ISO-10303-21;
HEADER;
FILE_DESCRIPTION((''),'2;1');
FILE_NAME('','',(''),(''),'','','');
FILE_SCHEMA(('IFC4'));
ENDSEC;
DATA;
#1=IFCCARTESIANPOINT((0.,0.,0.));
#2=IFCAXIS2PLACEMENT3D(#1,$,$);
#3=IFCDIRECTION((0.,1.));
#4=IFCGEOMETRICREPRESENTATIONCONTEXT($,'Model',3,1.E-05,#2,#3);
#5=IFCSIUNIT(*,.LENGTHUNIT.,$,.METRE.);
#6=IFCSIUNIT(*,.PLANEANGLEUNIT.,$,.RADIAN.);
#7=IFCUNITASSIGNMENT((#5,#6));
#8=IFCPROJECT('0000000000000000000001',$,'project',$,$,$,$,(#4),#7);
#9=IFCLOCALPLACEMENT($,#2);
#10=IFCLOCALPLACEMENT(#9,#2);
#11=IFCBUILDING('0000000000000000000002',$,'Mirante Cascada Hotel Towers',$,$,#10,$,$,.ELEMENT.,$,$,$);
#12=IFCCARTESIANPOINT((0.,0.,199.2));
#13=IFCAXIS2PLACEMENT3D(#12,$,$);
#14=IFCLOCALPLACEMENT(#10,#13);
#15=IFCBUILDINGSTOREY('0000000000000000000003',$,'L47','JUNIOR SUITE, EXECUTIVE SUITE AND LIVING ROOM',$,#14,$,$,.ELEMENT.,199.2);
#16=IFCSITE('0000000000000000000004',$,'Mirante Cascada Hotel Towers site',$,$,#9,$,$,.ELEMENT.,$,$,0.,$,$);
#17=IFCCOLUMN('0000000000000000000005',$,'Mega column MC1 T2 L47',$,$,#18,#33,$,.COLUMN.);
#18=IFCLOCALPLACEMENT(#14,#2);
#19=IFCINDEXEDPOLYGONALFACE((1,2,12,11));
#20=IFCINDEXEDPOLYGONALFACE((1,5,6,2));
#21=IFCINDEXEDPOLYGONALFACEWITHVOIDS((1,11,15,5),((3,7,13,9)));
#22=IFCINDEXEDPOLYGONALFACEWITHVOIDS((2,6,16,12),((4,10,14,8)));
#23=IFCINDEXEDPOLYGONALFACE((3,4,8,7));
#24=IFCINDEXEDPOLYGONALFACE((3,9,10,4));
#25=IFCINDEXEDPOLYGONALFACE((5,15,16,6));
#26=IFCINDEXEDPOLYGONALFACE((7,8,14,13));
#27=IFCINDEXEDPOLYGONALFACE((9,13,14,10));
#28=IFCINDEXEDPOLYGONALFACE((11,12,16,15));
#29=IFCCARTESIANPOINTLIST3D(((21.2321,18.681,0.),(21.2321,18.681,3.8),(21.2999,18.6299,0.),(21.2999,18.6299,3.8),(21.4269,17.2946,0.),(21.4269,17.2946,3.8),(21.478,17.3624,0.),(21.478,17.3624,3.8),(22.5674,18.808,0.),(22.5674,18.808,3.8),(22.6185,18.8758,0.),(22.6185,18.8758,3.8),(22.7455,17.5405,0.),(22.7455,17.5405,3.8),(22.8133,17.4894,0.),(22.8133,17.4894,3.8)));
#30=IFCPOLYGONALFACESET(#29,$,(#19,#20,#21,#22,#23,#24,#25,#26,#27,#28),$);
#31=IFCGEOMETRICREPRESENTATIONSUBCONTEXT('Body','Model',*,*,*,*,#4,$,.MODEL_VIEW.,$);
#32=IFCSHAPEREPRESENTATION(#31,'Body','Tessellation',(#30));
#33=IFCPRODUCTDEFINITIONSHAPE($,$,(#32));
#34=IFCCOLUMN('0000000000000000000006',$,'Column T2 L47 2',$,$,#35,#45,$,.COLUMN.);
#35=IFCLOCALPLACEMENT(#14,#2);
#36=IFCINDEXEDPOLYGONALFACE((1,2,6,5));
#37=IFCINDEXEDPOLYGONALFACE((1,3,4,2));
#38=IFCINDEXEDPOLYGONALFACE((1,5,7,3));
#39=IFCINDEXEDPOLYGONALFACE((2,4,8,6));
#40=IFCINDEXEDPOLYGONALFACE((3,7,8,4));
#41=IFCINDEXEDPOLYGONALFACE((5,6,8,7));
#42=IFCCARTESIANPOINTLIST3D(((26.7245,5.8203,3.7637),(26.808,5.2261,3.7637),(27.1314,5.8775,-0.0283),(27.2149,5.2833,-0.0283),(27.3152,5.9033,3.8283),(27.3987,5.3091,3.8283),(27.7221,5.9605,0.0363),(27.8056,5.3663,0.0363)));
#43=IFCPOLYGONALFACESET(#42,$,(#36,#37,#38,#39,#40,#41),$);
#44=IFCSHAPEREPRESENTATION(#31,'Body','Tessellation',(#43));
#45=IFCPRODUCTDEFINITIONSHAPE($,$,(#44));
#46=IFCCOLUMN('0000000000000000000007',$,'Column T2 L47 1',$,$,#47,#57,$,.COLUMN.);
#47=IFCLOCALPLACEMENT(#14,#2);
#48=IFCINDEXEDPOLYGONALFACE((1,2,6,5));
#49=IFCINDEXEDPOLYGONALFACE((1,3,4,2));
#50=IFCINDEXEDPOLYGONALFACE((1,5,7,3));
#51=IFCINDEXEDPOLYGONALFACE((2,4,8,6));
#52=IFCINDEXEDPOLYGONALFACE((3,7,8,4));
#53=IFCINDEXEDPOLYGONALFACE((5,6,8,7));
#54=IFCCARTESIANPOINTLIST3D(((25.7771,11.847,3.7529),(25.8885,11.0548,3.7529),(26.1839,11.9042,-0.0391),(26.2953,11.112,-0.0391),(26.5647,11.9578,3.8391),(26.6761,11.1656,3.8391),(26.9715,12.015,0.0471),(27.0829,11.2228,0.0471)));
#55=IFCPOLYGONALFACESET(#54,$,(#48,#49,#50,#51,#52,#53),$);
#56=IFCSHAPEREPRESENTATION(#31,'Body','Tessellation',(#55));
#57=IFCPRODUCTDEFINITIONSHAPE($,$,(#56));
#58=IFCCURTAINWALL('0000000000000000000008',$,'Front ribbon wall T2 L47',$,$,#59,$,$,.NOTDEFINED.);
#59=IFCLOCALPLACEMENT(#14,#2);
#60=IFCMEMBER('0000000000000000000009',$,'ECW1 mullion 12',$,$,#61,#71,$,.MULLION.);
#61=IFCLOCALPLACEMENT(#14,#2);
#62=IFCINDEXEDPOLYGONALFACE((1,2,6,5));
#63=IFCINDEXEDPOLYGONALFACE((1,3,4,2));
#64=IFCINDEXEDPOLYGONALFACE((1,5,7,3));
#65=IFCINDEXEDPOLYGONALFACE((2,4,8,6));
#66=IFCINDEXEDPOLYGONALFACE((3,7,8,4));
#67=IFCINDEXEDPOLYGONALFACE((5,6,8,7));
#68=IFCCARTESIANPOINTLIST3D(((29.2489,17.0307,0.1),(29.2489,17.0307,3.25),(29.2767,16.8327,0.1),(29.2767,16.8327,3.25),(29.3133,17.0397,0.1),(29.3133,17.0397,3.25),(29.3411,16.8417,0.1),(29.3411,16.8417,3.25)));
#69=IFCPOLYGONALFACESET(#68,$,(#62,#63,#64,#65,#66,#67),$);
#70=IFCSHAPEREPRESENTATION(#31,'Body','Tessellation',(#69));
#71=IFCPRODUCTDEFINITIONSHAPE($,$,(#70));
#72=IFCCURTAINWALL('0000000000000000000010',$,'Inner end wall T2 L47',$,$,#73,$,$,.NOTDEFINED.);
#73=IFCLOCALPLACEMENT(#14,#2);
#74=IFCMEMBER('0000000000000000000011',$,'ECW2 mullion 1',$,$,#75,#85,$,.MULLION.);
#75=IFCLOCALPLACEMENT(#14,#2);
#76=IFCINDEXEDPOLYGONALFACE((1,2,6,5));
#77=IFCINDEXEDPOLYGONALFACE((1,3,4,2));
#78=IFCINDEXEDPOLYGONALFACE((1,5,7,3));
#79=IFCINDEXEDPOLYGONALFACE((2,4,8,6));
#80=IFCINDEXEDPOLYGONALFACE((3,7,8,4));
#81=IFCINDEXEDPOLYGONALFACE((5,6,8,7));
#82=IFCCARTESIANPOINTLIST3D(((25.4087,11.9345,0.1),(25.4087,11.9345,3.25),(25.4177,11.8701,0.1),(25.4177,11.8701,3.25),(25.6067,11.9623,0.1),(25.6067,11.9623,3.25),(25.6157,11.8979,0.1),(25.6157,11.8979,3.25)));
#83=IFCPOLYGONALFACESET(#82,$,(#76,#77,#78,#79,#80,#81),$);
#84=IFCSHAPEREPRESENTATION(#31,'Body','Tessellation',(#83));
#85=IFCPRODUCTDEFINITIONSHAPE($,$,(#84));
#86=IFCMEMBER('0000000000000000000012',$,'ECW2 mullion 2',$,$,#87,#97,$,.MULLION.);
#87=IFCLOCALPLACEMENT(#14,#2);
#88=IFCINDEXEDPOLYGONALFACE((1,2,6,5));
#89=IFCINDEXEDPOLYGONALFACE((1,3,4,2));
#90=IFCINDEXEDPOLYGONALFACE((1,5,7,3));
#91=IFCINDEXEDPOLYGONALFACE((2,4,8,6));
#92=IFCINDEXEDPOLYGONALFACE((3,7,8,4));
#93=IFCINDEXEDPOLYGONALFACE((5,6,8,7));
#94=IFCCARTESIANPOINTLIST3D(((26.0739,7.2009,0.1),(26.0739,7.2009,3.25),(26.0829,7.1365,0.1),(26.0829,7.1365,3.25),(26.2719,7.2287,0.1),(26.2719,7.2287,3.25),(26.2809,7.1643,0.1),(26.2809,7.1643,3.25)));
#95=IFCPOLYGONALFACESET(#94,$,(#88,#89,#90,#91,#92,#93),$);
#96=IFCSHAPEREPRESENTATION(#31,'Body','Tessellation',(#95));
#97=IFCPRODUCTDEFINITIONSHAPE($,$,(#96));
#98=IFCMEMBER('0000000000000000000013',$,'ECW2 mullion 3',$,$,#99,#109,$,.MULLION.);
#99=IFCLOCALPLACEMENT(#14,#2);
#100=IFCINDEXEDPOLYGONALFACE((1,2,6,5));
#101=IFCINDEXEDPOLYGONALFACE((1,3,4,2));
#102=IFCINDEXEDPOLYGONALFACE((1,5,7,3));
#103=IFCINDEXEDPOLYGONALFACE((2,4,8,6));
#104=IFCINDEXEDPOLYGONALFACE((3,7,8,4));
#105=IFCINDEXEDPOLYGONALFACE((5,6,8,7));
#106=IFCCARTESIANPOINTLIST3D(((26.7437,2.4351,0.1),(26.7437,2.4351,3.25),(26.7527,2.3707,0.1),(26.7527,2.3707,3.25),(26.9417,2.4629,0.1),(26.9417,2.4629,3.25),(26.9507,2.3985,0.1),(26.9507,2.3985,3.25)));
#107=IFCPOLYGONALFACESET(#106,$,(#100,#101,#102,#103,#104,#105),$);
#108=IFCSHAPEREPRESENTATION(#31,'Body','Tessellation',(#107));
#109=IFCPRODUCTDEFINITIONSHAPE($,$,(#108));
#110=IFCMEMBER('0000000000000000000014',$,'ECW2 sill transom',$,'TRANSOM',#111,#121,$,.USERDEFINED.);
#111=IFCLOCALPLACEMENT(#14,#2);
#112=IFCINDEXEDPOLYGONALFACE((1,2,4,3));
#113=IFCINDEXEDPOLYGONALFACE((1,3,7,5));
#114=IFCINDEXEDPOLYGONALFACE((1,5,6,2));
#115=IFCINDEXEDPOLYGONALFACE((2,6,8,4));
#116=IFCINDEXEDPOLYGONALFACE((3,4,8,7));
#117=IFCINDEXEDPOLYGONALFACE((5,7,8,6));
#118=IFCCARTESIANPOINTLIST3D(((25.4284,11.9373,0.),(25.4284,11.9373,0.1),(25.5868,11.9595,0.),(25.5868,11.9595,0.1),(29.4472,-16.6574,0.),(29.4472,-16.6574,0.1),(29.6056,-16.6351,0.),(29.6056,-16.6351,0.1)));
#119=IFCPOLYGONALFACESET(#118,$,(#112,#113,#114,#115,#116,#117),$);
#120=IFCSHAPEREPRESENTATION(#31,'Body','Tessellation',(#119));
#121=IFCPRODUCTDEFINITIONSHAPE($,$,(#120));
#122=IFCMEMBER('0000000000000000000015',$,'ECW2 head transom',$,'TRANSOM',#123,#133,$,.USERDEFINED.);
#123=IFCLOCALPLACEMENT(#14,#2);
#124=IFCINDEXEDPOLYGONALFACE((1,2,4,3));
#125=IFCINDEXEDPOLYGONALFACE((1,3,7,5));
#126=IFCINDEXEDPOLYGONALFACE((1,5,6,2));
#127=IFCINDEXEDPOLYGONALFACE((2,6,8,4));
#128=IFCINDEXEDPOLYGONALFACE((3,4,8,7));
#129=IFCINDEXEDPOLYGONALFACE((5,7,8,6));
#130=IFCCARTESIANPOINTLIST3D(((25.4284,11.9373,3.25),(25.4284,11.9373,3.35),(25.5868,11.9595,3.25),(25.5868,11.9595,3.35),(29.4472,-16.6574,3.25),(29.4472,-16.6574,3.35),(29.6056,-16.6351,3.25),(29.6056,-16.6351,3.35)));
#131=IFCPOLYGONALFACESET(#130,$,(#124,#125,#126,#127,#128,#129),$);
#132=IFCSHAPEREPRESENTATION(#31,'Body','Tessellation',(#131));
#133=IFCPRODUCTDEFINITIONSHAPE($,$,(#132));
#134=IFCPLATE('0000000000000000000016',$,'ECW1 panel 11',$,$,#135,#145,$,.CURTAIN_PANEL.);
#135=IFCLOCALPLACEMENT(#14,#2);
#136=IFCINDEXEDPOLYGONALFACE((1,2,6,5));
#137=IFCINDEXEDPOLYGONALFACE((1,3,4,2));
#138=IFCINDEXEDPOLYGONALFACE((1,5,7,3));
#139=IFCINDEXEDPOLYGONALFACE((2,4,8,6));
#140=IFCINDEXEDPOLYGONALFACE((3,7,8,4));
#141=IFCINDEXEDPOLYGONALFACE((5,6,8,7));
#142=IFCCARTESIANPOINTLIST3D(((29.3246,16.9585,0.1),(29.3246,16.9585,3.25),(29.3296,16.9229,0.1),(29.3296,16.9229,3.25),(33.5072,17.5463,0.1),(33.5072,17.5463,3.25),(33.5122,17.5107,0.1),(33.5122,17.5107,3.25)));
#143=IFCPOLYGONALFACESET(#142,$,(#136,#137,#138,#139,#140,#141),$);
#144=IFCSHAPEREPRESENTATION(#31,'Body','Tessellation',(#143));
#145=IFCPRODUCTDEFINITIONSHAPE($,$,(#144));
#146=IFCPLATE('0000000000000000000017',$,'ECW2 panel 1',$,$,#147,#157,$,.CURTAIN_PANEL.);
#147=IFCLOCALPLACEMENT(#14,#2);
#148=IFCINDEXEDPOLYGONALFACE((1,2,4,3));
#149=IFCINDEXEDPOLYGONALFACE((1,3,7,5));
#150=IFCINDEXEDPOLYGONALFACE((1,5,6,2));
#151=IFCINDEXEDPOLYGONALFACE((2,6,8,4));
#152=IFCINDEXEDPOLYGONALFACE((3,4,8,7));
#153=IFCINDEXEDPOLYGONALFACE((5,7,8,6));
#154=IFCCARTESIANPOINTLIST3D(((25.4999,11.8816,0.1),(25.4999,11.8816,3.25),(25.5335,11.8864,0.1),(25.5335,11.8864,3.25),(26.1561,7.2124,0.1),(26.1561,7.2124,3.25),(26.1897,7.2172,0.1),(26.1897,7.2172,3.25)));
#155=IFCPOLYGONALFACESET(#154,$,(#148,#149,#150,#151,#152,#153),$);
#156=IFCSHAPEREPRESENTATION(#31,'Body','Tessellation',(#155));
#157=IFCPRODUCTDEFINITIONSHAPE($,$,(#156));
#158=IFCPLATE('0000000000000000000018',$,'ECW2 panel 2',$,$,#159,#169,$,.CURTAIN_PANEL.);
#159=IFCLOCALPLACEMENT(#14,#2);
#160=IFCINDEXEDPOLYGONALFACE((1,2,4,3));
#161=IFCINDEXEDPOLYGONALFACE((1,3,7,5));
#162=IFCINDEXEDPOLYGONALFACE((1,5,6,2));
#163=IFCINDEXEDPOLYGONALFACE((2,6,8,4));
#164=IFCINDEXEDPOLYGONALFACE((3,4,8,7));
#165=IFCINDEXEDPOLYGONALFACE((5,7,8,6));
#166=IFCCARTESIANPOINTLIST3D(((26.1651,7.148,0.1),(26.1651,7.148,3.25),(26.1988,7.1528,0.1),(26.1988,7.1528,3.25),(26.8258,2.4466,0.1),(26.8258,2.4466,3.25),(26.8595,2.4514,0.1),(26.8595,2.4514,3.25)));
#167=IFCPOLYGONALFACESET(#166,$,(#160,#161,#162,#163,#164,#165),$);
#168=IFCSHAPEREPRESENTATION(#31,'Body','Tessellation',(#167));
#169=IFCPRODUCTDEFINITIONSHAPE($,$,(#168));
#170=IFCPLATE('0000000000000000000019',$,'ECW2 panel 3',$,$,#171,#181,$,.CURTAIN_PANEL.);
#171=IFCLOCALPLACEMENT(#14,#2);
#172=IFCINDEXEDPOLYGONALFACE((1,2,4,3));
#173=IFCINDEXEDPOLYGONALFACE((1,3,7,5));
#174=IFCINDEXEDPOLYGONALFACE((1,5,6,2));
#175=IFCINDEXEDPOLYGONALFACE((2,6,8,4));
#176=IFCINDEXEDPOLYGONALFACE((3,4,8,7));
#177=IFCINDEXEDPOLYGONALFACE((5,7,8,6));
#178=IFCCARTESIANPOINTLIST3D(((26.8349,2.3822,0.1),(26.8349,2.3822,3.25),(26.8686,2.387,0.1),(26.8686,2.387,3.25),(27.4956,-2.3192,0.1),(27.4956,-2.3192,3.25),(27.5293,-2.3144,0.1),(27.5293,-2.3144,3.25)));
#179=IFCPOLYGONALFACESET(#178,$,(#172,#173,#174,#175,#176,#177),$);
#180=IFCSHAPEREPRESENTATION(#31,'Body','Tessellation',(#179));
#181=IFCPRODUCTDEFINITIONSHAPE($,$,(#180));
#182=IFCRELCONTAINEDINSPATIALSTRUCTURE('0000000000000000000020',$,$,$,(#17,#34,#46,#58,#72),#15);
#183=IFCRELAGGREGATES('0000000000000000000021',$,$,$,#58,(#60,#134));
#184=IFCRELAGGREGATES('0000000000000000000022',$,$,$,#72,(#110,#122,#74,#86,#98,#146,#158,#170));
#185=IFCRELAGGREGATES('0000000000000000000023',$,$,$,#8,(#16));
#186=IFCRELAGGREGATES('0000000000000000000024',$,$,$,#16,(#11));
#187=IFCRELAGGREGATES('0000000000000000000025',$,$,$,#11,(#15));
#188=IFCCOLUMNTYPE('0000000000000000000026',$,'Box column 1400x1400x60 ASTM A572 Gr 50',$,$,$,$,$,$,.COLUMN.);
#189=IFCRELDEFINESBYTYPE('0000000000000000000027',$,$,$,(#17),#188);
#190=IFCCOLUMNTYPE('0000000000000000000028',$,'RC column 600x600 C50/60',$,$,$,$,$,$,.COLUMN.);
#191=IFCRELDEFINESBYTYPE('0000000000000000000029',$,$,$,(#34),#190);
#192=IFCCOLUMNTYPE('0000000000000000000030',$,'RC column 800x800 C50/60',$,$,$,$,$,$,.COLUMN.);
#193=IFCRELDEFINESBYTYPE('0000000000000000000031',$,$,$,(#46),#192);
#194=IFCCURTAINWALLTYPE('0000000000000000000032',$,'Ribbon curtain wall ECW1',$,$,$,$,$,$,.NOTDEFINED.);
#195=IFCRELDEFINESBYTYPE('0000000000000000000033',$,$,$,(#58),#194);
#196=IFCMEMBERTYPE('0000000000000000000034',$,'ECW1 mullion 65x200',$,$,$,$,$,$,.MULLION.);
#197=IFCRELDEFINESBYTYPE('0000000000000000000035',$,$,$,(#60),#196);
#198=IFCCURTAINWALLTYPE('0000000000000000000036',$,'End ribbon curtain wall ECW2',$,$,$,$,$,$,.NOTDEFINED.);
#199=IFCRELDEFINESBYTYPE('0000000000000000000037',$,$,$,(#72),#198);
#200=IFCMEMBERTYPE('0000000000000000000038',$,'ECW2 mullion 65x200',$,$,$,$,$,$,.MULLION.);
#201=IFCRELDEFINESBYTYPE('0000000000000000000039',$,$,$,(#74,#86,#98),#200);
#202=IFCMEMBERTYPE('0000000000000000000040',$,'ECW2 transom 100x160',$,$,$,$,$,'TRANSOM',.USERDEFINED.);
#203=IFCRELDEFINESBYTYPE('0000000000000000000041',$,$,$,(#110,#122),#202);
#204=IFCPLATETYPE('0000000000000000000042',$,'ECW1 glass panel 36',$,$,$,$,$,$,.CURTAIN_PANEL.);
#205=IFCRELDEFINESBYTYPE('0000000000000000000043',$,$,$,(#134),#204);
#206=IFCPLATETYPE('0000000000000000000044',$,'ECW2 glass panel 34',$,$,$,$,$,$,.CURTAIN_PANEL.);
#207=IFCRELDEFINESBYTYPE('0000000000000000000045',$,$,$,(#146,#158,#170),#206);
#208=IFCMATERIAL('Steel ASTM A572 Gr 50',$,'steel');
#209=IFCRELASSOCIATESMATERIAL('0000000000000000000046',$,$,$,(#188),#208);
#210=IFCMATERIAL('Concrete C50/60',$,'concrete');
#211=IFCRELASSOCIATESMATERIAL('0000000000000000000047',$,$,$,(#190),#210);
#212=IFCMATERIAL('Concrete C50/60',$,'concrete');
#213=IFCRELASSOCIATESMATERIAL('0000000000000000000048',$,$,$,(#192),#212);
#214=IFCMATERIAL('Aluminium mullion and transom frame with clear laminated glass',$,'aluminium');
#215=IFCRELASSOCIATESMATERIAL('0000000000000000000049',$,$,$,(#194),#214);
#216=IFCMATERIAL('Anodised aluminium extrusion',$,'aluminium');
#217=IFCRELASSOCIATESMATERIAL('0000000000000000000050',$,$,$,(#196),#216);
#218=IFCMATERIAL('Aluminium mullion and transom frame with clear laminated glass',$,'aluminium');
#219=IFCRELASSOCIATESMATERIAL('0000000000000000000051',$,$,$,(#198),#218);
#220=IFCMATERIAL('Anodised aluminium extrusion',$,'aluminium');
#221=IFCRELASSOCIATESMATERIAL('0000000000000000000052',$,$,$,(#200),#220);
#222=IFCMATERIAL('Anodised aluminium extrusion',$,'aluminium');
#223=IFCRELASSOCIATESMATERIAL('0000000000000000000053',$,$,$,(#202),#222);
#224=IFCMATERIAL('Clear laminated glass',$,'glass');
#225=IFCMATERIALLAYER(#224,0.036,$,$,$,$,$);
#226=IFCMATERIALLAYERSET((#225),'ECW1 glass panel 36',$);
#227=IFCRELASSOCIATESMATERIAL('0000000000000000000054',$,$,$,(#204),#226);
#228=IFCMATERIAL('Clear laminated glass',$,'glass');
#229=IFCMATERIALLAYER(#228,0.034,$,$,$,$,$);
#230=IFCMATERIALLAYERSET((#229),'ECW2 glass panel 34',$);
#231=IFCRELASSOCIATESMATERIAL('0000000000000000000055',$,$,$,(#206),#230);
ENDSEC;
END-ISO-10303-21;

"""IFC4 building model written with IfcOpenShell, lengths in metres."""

from ifc_helpers import new_model, si_unit, direction, frame, origin, origin_2d, place, context, subcontext, project, spatial, rectangle, hollow_rectangle, extrude, material, layer, layer_set, material_profile, profile_set, type_object, element, aggregate, save


model = new_model("IFC4")

# Units and contexts
model_context = context("Model", 3, precision=1e-05, world=origin(), true_north=direction((0.0, 1.0)))
body_context = subcontext(model_context, "Body", "Model", "MODEL_VIEW")
ifc_project = project(units=[si_unit("LENGTHUNIT", "METRE"), si_unit("PLANEANGLEUNIT", "RADIAN")], contexts=[model_context])

# Site, building, storey
site_placement = place(None, origin())
site = spatial("IfcSite", under=ifc_project, at=site_placement, Name="Mirante Cascada Hotel Towers site", CompositionType="ELEMENT", RefElevation=0.0)
building_placement = place(site_placement, origin())
building = spatial("IfcBuilding", under=site, at=building_placement, Name="Mirante Cascada Hotel Towers", CompositionType="ELEMENT")
storey_placement = place(building_placement, frame((0.0, 0.0, 199.2)))
storey = spatial("IfcBuildingStorey", under=building, at=storey_placement, Name="L47", Description="JUNIOR SUITE, EXECUTIVE SUITE AND LIVING ROOM", CompositionType="ELEMENT", Elevation=199.2)

# Columns
ifc_material_1 = material(Name="Steel ASTM A572 Gr 50", Category="steel")
ifc_material_profile_1 = material_profile(ifc_material_1, hollow_rectangle(XDim=1.4, YDim=1.4, WallThickness=0.06, at=origin_2d()), Name="Box column 1400x1400x60 ASTM A572 Gr 50")
ifc_profile_set_1 = profile_set([ifc_material_profile_1], Name="Steel ASTM A572 Gr 50")
column_type_1 = type_object("IfcColumnType", Name="Box column 1400x1400x60 ASTM A572 Gr 50", PredefinedType="COLUMN", material=ifc_profile_set_1)
column_1_placement = place(storey_placement, frame((22.0227, 18.0852, 0.0), z_axis=(0.0, 0.0, 1.0), x_axis=(0.990268, 0.139173, 0.0)))
element("IfcColumn", 1, at=column_1_placement, inside=storey, type_object=column_type_1, Name="Mega column MC1 T2 L47", PredefinedType="COLUMN", context=body_context, shape_type="SweptSolid", body=[
    extrude(hollow_rectangle(XDim=1.4, YDim=1.4, WallThickness=0.06, at=origin_2d()), origin(), (0.0, 0.0, 1.0), 3.8),
])
ifc_material_2 = material(Name="Concrete C50/60", Category="concrete")
ifc_material_profile_2 = material_profile(ifc_material_2, rectangle(XDim=0.6, YDim=0.6, at=origin_2d()), Name="RC column 600x600 C50/60")
ifc_profile_set_2 = profile_set([ifc_material_profile_2], Name="Concrete C50/60")
column_type_2 = type_object("IfcColumnType", Name="RC column 600x600 C50/60", PredefinedType="COLUMN", material=ifc_profile_set_2)
column_2_placement = place(storey_placement, frame((27.4685, 5.6219, 0.004), z_axis=(-0.10668, -0.014997, 0.99418), x_axis=(0.139206, -0.990263, 0.0)))
element("IfcColumn", 2, at=column_2_placement, inside=storey, type_object=column_type_2, Name="Column T2 L47 2", PredefinedType="COLUMN", context=body_context, shape_type="SweptSolid", body=[
    extrude(rectangle(XDim=0.6, YDim=0.6, at=origin_2d()), origin(), (0.0, 0.0, 1.0), 3.8142),
])
ifc_material_3 = material(Name="Concrete C50/60", Category="concrete")
ifc_material_profile_3 = material_profile(ifc_material_3, rectangle(XDim=0.8, YDim=0.8, at=origin_2d()), Name="RC column 800x800 C50/60")
ifc_profile_set_3 = profile_set([ifc_material_profile_3], Name="Concrete C50/60")
column_type_3 = type_object("IfcColumnType", Name="RC column 800x800 C50/60", PredefinedType="COLUMN", material=ifc_profile_set_3)
column_3_placement = place(storey_placement, frame((26.6334, 11.5635, 0.004), z_axis=(-0.106654, -0.014997, 0.994183), x_axis=(0.13924, -0.990259, 0.0)))
element("IfcColumn", 3, at=column_3_placement, inside=storey, type_object=column_type_3, Name="Column T2 L47 1", PredefinedType="COLUMN", context=body_context, shape_type="SweptSolid", body=[
    extrude(rectangle(XDim=0.8, YDim=0.8, at=origin_2d()), origin(), (0.0, 0.0, 1.0), 3.8142),
])

# Curtain wall, member
ifc_material_4 = material(Name="Aluminium mullion and transom frame with clear laminated glass", Category="aluminium")
curtain_wall_type_1 = type_object("IfcCurtainWallType", Name="Ribbon curtain wall ECW1", PredefinedType="NOTDEFINED", material=ifc_material_4)
curtain_wall_1_placement = place(storey_placement, origin())
curtain_wall_1 = element("IfcCurtainWall", 4, at=curtain_wall_1_placement, inside=storey, type_object=curtain_wall_type_1, Name="Front ribbon wall T2 L47", PredefinedType="NOTDEFINED")
ifc_material_5 = material(Name="Anodised aluminium extrusion", Category="aluminium")
ifc_material_profile_4 = material_profile(ifc_material_5, rectangle(XDim=0.2, YDim=0.065, at=origin_2d()), Name="ECW1 MULLION 65x200")
ifc_profile_set_4 = profile_set([ifc_material_profile_4], Name="Anodised aluminium extrusion")
member_type_1 = type_object("IfcMemberType", Name="ECW1 mullion 65x200", PredefinedType="MULLION", material=ifc_profile_set_4)
member_1_placement = place(storey_placement, frame((29.295, 16.9362, 0.1), z_axis=(0.0, 0.0, 1.0), x_axis=(0.139173, -0.990268, 0.0)))
member_1 = element("IfcMember", 5, at=member_1_placement, type_object=member_type_1, Name="ECW1 mullion 12", PredefinedType="MULLION", context=body_context, shape_type="SweptSolid", body=[
    extrude(rectangle(XDim=0.2, YDim=0.065, at=origin_2d()), origin(), (0.0, 0.0, 1.0), 3.15),
])

# Curtain wall, members
ifc_material_6 = material(Name="Aluminium mullion and transom frame with clear laminated glass", Category="aluminium")
curtain_wall_type_2 = type_object("IfcCurtainWallType", Name="End ribbon curtain wall ECW2", PredefinedType="NOTDEFINED", material=ifc_material_6)
curtain_wall_2_placement = place(storey_placement, origin())
curtain_wall_2 = element("IfcCurtainWall", 6, at=curtain_wall_2_placement, inside=storey, type_object=curtain_wall_type_2, Name="Inner end wall T2 L47", PredefinedType="NOTDEFINED")
ifc_material_7 = material(Name="Anodised aluminium extrusion", Category="aluminium")
ifc_material_profile_5 = material_profile(ifc_material_7, rectangle(XDim=0.2, YDim=0.065, at=origin_2d()), Name="ECW2 MULLION 65x200")
ifc_profile_set_5 = profile_set([ifc_material_profile_5], Name="Anodised aluminium extrusion")
member_type_2 = type_object("IfcMemberType", Name="ECW2 mullion 65x200", PredefinedType="MULLION", material=ifc_profile_set_5)
member_2_placement = place(storey_placement, frame((25.5122, 11.9162, 0.1), z_axis=(0.0, 0.0, 1.0), x_axis=(0.990268, 0.139173, 0.0)))
member_2 = element("IfcMember", 7, at=member_2_placement, type_object=member_type_2, Name="ECW2 mullion 1", PredefinedType="MULLION", context=body_context, shape_type="SweptSolid", body=[
    extrude(rectangle(XDim=0.2, YDim=0.065, at=origin_2d()), origin(), (0.0, 0.0, 1.0), 3.15),
])
member_3_placement = place(storey_placement, frame((26.1774, 7.1826, 0.1), z_axis=(0.0, 0.0, 1.0), x_axis=(0.990268, 0.139173, 0.0)))
member_3 = element("IfcMember", 8, at=member_3_placement, type_object=member_type_2, Name="ECW2 mullion 2", PredefinedType="MULLION", context=body_context, shape_type="SweptSolid", body=[
    extrude(rectangle(XDim=0.2, YDim=0.065, at=origin_2d()), origin(), (0.0, 0.0, 1.0), 3.15),
])
member_4_placement = place(storey_placement, frame((26.8472, 2.4168, 0.1), z_axis=(0.0, 0.0, 1.0), x_axis=(0.990268, 0.139173, 0.0)))
member_4 = element("IfcMember", 9, at=member_4_placement, type_object=member_type_2, Name="ECW2 mullion 3", PredefinedType="MULLION", context=body_context, shape_type="SweptSolid", body=[
    extrude(rectangle(XDim=0.2, YDim=0.065, at=origin_2d()), origin(), (0.0, 0.0, 1.0), 3.15),
])
ifc_material_8 = material(Name="Anodised aluminium extrusion", Category="aluminium")
ifc_material_profile_6 = material_profile(ifc_material_8, rectangle(XDim=0.16, YDim=0.1, at=origin_2d()), Name="ECW2 TRANSOM 100x160")
ifc_profile_set_6 = profile_set([ifc_material_profile_6], Name="Anodised aluminium extrusion")
member_type_3 = type_object("IfcMemberType", Name="ECW2 transom 100x160", ElementType="TRANSOM", PredefinedType="USERDEFINED", material=ifc_profile_set_6)
member_5_placement = place(storey_placement, frame((25.5076, 11.9484, 0.05), z_axis=(0.139176, -0.990268, 0.0), x_axis=(0.990268, 0.139176, 0.0)))
member_5 = element("IfcMember", 10, at=member_5_placement, type_object=member_type_3, Name="ECW2 sill transom", ObjectType="TRANSOM", PredefinedType="USERDEFINED", context=body_context, shape_type="SweptSolid", body=[
    extrude(rectangle(XDim=0.16, YDim=0.1, at=origin_2d()), origin(), (0.0, 0.0, 1.0), 28.8757),
])
member_6_placement = place(storey_placement, frame((25.5076, 11.9484, 3.3), z_axis=(0.139176, -0.990268, 0.0), x_axis=(0.990268, 0.139176, 0.0)))
member_6 = element("IfcMember", 11, at=member_6_placement, type_object=member_type_3, Name="ECW2 head transom", ObjectType="TRANSOM", PredefinedType="USERDEFINED", context=body_context, shape_type="SweptSolid", body=[
    extrude(rectangle(XDim=0.16, YDim=0.1, at=origin_2d()), origin(), (0.0, 0.0, 1.0), 28.8757),
])

# Plates
ifc_material_9 = material(Name="Clear laminated glass", Category="glass")
ifc_layer_1 = layer(ifc_material_9, 0.036)
ifc_layer_set_1 = layer_set([ifc_layer_1], Name="ECW1 glass panel 36")
plate_type_1 = type_object("IfcPlateType", Name="ECW1 glass panel 36", PredefinedType="CURTAIN_PANEL", material=ifc_layer_set_1)
plate_1_placement = place(storey_placement, frame((31.4184, 17.2346, 0.1), z_axis=(0.0, 0.0, 1.0), x_axis=(-0.990268, -0.139173, 0.0)))
plate_1 = element("IfcPlate", 12, at=plate_1_placement, type_object=plate_type_1, Name="ECW1 panel 11", PredefinedType="CURTAIN_PANEL", context=body_context, shape_type="SweptSolid", body=[
    extrude(rectangle(XDim=4.2237, YDim=0.036, at=origin_2d()), origin(), (0.0, 0.0, 1.0), 3.15),
])
aggregate(curtain_wall_1, [member_1, plate_1])
ifc_material_10 = material(Name="Clear laminated glass", Category="glass")
ifc_layer_2 = layer(ifc_material_10, 0.034)
ifc_layer_set_2 = layer_set([ifc_layer_2], Name="ECW2 glass panel 34")
plate_type_2 = type_object("IfcPlateType", Name="ECW2 glass panel 34", PredefinedType="CURTAIN_PANEL", material=ifc_layer_set_2)
plate_2_placement = place(storey_placement, frame((25.8448, 9.5494, 0.1), z_axis=(0.0, 0.0, 1.0), x_axis=(0.139173, -0.990268, 0.0)))
plate_2 = element("IfcPlate", 13, at=plate_2_placement, type_object=plate_type_2, Name="ECW2 panel 1", PredefinedType="CURTAIN_PANEL", context=body_context, shape_type="SweptSolid", body=[
    extrude(rectangle(XDim=4.7151, YDim=0.034, at=origin_2d()), origin(), (0.0, 0.0, 1.0), 3.15),
])
plate_3_placement = place(storey_placement, frame((26.5123, 4.7997, 0.1), z_axis=(0.0, 0.0, 1.0), x_axis=(0.139173, -0.990268, 0.0)))
plate_3 = element("IfcPlate", 14, at=plate_3_placement, type_object=plate_type_2, Name="ECW2 panel 2", PredefinedType="CURTAIN_PANEL", context=body_context, shape_type="SweptSolid", body=[
    extrude(rectangle(XDim=4.7476, YDim=0.034, at=origin_2d()), origin(), (0.0, 0.0, 1.0), 3.15),
])
plate_4_placement = place(storey_placement, frame((27.1821, 0.0339, 0.1), z_axis=(0.0, 0.0, 1.0), x_axis=(0.139173, -0.990268, 0.0)))
plate_4 = element("IfcPlate", 15, at=plate_4_placement, type_object=plate_type_2, Name="ECW2 panel 3", PredefinedType="CURTAIN_PANEL", context=body_context, shape_type="SweptSolid", body=[
    extrude(rectangle(XDim=4.7476, YDim=0.034, at=origin_2d()), origin(), (0.0, 0.0, 1.0), 3.15),
])
aggregate(curtain_wall_2, [member_5, member_6, member_2, member_3, member_4, plate_2, plate_3, plate_4])

save(model, "model.ifc")
